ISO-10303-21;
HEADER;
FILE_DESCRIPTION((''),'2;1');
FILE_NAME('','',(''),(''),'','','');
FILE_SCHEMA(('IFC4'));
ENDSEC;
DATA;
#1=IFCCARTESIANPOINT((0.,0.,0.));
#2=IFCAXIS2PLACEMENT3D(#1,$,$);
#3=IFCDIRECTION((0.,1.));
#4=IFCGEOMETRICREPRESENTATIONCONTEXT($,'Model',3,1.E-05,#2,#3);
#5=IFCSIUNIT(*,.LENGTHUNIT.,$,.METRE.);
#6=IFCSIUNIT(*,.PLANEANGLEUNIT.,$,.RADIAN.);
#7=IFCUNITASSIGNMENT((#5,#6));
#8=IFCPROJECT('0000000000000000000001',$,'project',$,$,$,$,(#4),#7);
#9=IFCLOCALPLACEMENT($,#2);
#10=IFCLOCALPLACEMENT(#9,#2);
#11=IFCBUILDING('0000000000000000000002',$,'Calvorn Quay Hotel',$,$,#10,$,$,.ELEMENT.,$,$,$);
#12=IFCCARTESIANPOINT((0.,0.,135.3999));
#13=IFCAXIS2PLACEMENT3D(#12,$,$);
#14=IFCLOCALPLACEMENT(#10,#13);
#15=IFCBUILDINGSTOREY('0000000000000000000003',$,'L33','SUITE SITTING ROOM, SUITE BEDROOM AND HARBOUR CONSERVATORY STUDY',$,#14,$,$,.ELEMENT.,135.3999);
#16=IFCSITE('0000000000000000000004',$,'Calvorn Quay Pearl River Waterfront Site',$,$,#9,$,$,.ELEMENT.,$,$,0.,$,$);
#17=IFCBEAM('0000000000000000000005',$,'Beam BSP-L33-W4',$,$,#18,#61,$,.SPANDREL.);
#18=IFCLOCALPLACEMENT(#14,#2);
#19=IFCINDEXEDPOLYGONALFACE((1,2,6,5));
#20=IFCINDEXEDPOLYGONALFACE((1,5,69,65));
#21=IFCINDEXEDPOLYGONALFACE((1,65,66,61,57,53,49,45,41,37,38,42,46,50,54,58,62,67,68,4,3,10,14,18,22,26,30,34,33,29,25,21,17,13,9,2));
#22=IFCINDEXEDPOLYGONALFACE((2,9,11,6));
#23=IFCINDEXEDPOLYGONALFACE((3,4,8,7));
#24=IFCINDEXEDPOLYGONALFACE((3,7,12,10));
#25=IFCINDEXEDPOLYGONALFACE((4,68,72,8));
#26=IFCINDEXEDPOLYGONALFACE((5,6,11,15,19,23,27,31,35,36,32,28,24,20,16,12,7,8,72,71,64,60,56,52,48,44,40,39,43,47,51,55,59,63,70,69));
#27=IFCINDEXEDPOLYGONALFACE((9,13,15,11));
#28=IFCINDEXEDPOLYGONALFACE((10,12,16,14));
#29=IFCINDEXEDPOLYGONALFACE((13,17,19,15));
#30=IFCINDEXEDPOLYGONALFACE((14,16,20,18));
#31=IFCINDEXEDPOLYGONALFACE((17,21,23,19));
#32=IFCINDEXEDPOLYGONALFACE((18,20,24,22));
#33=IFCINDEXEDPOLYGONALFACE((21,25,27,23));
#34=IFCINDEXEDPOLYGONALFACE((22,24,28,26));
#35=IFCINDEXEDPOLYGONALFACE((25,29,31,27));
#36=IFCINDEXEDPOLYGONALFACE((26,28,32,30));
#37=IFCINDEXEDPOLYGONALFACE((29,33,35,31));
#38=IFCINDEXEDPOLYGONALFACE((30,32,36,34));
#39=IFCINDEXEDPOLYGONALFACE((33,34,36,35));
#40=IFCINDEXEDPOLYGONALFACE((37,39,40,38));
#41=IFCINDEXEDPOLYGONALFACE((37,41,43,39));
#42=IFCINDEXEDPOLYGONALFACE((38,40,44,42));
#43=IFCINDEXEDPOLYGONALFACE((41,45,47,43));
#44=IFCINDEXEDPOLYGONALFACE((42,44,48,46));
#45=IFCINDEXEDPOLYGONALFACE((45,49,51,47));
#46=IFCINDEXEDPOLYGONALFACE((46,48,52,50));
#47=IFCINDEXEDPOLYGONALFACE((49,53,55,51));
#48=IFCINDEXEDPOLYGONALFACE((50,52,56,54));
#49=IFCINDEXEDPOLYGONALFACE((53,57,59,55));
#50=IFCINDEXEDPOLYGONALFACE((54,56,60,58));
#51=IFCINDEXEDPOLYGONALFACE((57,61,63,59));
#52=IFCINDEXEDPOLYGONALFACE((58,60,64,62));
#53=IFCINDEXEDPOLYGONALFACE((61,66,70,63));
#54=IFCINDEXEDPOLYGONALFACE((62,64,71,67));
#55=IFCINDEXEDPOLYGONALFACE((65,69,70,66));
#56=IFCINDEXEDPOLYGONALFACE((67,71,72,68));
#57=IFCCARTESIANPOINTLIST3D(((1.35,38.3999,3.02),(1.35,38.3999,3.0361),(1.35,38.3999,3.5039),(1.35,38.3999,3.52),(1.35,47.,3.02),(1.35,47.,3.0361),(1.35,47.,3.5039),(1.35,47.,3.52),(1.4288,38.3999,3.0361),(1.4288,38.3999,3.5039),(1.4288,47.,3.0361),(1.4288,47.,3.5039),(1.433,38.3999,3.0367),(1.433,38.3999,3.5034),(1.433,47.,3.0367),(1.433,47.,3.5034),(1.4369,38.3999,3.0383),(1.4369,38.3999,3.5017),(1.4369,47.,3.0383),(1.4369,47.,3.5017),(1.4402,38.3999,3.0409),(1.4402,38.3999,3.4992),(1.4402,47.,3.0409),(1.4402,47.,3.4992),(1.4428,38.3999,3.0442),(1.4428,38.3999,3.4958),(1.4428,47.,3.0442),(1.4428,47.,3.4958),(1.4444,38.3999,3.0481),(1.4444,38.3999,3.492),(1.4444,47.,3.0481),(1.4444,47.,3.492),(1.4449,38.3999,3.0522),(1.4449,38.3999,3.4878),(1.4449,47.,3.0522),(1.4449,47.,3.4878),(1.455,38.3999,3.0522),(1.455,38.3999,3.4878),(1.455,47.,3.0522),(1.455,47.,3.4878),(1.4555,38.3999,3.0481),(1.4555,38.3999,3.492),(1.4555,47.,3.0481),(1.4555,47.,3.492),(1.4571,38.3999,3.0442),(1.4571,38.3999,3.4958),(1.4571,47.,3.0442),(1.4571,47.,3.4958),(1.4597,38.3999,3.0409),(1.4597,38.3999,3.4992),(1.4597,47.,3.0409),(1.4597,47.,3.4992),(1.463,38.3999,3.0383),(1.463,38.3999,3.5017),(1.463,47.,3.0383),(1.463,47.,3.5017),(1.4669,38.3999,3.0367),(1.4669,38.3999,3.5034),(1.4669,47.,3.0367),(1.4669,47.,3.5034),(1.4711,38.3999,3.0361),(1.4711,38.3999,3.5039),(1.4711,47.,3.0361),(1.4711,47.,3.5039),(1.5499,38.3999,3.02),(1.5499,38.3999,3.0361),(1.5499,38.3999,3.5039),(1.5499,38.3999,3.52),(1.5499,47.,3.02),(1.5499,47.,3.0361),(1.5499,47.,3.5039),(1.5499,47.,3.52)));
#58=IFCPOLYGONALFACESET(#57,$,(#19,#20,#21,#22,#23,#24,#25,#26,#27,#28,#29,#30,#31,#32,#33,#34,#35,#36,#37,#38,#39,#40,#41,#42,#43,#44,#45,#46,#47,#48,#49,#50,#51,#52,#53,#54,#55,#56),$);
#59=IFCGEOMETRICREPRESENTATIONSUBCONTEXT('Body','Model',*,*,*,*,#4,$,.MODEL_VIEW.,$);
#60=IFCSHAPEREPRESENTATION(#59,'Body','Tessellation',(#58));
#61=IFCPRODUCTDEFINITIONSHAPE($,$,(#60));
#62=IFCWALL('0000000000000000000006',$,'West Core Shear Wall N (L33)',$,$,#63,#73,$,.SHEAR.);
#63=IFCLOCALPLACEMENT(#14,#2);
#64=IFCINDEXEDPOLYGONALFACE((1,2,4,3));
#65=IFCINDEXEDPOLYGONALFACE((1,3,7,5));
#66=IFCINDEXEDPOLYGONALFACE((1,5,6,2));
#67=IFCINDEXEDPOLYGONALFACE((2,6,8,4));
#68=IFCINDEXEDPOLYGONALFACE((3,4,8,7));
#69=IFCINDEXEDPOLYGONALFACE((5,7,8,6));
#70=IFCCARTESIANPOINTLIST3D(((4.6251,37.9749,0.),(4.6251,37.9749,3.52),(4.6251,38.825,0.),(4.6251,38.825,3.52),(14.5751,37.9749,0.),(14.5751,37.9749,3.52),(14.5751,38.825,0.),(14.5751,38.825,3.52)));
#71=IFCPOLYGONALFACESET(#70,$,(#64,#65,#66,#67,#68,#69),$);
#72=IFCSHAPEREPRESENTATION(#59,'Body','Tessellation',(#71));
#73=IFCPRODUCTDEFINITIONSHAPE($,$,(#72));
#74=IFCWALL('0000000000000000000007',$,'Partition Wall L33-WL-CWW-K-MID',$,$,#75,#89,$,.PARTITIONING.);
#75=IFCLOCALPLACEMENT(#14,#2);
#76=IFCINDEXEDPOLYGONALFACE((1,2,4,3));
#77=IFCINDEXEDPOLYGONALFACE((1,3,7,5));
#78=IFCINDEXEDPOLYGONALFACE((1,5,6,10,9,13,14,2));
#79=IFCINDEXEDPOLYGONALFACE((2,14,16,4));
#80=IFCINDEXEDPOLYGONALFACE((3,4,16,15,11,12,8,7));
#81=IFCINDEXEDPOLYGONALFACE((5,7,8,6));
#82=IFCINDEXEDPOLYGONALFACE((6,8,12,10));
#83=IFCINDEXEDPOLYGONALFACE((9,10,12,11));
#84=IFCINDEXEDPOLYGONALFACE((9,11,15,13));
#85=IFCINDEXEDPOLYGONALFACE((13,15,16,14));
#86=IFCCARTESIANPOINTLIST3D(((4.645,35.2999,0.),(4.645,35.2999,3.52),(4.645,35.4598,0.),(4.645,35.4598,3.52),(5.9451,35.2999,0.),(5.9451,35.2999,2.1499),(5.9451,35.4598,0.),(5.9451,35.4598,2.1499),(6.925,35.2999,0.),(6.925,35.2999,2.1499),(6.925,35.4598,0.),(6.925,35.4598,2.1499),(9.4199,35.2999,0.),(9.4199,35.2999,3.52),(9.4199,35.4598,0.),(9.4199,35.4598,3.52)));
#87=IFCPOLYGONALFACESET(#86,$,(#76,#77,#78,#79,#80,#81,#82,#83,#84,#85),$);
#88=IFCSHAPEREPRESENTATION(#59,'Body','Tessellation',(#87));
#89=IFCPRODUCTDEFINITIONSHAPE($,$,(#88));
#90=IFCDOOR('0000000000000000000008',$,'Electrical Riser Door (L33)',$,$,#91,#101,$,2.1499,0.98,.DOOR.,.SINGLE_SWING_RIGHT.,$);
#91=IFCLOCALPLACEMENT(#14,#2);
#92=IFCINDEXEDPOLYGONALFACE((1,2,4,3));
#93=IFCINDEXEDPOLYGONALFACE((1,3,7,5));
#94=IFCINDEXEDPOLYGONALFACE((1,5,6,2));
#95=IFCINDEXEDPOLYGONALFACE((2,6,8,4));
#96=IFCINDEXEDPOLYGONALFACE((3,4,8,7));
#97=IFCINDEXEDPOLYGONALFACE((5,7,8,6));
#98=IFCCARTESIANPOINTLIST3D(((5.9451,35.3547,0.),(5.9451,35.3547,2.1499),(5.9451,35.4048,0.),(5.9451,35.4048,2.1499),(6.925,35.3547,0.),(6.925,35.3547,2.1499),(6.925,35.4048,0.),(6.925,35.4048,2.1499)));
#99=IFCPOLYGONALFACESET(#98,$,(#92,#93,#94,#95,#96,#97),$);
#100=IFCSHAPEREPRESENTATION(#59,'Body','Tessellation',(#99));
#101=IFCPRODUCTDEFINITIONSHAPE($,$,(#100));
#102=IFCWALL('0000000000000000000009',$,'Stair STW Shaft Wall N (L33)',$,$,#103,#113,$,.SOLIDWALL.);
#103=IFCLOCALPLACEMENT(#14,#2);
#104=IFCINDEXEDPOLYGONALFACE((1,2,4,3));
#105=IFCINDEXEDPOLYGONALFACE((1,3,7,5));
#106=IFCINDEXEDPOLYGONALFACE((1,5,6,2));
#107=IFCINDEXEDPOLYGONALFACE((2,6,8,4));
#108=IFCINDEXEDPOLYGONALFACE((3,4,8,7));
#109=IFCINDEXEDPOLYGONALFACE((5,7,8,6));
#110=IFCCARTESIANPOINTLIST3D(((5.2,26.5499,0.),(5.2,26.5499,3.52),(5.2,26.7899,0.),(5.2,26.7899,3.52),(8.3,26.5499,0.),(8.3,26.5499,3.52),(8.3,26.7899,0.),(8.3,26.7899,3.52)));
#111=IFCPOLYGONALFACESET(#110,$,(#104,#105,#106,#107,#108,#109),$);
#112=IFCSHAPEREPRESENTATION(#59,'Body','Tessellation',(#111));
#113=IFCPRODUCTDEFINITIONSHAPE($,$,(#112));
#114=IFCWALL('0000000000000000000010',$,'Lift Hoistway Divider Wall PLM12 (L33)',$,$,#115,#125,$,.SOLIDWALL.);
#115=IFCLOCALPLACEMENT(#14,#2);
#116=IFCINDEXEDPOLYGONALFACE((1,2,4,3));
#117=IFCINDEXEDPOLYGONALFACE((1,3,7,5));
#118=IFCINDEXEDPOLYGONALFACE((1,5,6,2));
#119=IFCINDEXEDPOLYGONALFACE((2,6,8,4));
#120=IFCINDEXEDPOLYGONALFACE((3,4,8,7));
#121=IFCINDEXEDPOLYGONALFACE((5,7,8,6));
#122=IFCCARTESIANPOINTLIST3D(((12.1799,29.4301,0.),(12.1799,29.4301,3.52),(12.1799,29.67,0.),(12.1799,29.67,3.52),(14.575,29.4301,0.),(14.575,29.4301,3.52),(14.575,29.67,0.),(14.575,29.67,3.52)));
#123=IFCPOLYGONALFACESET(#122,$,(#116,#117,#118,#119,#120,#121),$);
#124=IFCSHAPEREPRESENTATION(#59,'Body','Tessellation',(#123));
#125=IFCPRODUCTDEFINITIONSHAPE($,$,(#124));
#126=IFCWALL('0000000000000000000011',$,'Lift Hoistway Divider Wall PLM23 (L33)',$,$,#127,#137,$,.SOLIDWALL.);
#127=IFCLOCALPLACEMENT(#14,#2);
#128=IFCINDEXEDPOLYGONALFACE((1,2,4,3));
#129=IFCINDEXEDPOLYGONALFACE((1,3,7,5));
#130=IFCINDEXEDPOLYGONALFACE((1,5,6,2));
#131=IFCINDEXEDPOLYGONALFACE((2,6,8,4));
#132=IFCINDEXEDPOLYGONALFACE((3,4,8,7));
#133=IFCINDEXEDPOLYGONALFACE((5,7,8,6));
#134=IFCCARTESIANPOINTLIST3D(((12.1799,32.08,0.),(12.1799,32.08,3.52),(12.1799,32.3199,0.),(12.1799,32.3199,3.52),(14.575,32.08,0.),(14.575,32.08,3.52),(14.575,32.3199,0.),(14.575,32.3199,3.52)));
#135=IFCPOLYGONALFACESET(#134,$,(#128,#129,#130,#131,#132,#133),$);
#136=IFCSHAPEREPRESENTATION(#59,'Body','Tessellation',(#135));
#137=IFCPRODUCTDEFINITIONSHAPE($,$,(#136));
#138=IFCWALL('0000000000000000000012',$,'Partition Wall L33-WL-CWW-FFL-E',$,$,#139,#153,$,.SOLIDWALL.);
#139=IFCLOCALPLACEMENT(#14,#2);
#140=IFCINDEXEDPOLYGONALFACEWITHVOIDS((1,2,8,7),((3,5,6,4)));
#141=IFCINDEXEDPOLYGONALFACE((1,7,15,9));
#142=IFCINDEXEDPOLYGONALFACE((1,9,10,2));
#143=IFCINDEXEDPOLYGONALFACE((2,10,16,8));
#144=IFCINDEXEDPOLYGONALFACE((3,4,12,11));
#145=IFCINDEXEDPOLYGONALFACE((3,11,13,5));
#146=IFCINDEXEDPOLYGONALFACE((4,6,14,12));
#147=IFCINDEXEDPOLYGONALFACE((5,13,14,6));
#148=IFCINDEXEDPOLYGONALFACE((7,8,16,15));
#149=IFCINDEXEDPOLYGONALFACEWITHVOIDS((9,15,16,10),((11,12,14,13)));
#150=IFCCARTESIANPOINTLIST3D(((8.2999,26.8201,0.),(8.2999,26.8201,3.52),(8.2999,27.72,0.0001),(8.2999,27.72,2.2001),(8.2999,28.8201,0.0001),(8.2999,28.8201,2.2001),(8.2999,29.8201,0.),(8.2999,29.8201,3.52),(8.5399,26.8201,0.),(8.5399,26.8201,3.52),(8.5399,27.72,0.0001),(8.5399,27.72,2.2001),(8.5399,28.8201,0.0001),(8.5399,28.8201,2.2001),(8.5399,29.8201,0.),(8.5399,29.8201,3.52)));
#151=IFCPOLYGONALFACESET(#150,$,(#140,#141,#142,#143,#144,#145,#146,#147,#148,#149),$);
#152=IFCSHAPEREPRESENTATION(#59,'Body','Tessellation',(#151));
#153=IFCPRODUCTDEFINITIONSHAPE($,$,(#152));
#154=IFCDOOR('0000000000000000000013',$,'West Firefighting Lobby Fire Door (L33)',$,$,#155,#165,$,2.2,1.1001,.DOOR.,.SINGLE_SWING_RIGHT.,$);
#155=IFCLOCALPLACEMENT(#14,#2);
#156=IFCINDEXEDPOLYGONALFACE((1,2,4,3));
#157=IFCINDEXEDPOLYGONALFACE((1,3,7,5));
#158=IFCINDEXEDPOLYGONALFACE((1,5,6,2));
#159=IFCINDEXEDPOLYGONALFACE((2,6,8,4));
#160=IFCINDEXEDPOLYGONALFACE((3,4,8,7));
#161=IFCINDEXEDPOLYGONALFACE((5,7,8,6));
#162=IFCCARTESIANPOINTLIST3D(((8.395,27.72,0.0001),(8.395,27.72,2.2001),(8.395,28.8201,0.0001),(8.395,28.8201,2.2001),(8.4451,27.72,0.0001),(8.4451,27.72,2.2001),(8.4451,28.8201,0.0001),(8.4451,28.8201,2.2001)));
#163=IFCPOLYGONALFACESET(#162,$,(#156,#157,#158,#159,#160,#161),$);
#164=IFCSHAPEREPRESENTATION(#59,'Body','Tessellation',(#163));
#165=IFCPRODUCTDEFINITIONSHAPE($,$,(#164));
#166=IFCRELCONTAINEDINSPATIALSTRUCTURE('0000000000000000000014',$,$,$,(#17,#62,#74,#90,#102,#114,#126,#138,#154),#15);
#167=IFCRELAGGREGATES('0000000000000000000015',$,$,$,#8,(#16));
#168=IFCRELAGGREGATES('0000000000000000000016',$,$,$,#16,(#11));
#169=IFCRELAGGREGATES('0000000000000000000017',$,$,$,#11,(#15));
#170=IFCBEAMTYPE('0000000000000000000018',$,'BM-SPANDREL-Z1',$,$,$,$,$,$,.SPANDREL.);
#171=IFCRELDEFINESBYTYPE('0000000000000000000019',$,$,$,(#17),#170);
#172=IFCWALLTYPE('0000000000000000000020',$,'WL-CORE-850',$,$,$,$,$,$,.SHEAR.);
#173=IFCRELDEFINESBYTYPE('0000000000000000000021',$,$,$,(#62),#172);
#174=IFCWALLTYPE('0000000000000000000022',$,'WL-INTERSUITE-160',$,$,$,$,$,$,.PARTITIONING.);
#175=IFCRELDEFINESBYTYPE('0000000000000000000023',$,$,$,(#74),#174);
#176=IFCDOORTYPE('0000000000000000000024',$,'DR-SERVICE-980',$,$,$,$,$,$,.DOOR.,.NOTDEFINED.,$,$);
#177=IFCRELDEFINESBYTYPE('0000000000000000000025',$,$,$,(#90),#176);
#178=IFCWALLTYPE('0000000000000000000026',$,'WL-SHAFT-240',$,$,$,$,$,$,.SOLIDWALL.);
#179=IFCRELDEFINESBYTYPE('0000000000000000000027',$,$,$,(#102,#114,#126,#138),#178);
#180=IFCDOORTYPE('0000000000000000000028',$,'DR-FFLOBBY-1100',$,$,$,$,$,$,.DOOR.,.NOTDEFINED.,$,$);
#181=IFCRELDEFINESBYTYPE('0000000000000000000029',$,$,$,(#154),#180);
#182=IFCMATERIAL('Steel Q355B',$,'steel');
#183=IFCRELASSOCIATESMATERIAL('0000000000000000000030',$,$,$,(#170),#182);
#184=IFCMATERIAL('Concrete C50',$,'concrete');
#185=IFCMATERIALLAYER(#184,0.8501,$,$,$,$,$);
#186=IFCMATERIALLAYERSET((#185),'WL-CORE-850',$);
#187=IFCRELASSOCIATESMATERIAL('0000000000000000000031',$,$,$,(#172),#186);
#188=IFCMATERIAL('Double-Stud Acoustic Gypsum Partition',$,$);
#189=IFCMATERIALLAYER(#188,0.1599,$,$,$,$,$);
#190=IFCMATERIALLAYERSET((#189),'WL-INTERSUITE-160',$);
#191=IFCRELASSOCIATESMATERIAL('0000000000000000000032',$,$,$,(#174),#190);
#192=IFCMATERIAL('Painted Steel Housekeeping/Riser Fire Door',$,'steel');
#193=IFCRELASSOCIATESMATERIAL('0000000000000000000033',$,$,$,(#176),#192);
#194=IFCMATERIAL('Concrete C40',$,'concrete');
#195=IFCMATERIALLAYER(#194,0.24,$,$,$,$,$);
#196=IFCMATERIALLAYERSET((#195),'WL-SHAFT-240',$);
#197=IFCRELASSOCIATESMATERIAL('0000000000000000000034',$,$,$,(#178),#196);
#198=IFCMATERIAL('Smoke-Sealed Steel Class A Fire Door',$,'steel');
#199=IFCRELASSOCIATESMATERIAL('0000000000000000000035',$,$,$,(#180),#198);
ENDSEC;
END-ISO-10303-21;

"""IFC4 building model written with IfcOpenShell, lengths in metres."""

from ifc_helpers import new_model, si_unit, direction, frame, frame_2d, origin, origin_2d, place, context, subcontext, project, spatial, rectangle, i_section, extrude, material, layer, layer_set, material_profile, profile_set, type_object, element, fill, save


model = new_model("IFC4")

# Units and contexts
model_context = context("Model", 3, precision=1e-05, world=origin(), true_north=direction((0.0, 1.0)))
body_context = subcontext(model_context, "Body", "Model", "MODEL_VIEW")
ifc_project = project(units=[si_unit("LENGTHUNIT", "METRE"), si_unit("PLANEANGLEUNIT", "RADIAN")], contexts=[model_context])

# Site, building, storey
site_placement = place(None, origin())
site = spatial("IfcSite", under=ifc_project, at=site_placement, Name="Calvorn Quay Pearl River Waterfront Site", CompositionType="ELEMENT", RefElevation=0.0)
building_placement = place(site_placement, origin())
building = spatial("IfcBuilding", under=site, at=building_placement, Name="Calvorn Quay Hotel", CompositionType="ELEMENT")
storey_placement = place(building_placement, frame((0.0, 0.0, 135.3999)))
storey = spatial("IfcBuildingStorey", under=building, at=storey_placement, Name="L33", Description="SUITE SITTING ROOM, SUITE BEDROOM AND HARBOUR CONSERVATORY STUDY", CompositionType="ELEMENT", Elevation=135.3999)

# Beam
ifc_material_1 = material(Name="Steel Q355B", Category="steel")
ifc_material_profile_1 = material_profile(ifc_material_1, i_section(OverallWidth=0.2, OverallDepth=0.5, WebThickness=0.01, FlangeThickness=0.0161, FilletRadius=0.0161, at=origin_2d()), Name="HN500x200x10x16")
ifc_profile_set_1 = profile_set([ifc_material_profile_1], Name="Steel Q355B")
beam_type_1 = type_object("IfcBeamType", Name="BM-SPANDREL-Z1", PredefinedType="SPANDREL", material=ifc_profile_set_1)
beam_1_placement = place(storey_placement, frame((1.45, 38.3999, 3.27), z_axis=(0.0, 1.0, 0.0), x_axis=(-1.0, 0.0, 0.0)))
element("IfcBeam", 1, at=beam_1_placement, inside=storey, type_object=beam_type_1, Name="Beam BSP-L33-W4", PredefinedType="SPANDREL", context=body_context, shape_type="SweptSolid", body=[
    extrude(i_section(OverallWidth=0.2, OverallDepth=0.5, WebThickness=0.01, FlangeThickness=0.0161, FilletRadius=0.0161, at=origin_2d()), origin(), (0.0, 0.0, 1.0), 8.6001),
])

# Wall
ifc_material_2 = material(Name="Concrete C50", Category="concrete")
ifc_layer_1 = layer(ifc_material_2, 0.8501)
ifc_layer_set_1 = layer_set([ifc_layer_1], Name="WL-CORE-850")
wall_type_1 = type_object("IfcWallType", Name="WL-CORE-850", PredefinedType="SHEAR", material=ifc_layer_set_1)
wall_1_placement = place(storey_placement, frame((4.625, 38.3999, 0.0), z_axis=(0.0, 0.0, 1.0), x_axis=(1.0, 0.0, 0.0)))
element("IfcWall", 2, at=wall_1_placement, inside=storey, type_object=wall_type_1, Name="West Core Shear Wall N (L33)", PredefinedType="SHEAR", context=body_context, shape_type="SweptSolid", body=[
    extrude(rectangle(XDim=9.95, YDim=0.8501, at=frame_2d((4.9751, 0.0))), origin(), (0.0, 0.0, 1.0), 3.52),
])

# Wall, opening, door
ifc_material_3 = material(Name="Double-Stud Acoustic Gypsum Partition")
ifc_layer_2 = layer(ifc_material_3, 0.1599)
ifc_layer_set_2 = layer_set([ifc_layer_2], Name="WL-INTERSUITE-160")
wall_type_2 = type_object("IfcWallType", Name="WL-INTERSUITE-160", PredefinedType="PARTITIONING", material=ifc_layer_set_2)
wall_2_placement = place(storey_placement, frame((4.645, 35.3799, 0.0), z_axis=(0.0, 0.0, 1.0), x_axis=(1.0, 0.0, 0.0)))
wall_2 = element("IfcWall", 3, at=wall_2_placement, inside=storey, type_object=wall_type_2, Name="Partition Wall L33-WL-CWW-K-MID", PredefinedType="PARTITIONING", context=body_context, shape_type="SweptSolid", body=[
    extrude(rectangle(XDim=4.7749, YDim=0.1599, at=frame_2d((2.3875, 0.0))), origin(), (0.0, 0.0, 1.0), 3.52),
])
opening_1_placement = place(wall_2_placement, frame((1.3, 0.0, 0.0)))
opening_1 = element("IfcOpeningElement", 4, at=opening_1_placement, cuts=wall_2, PredefinedType="OPENING", context=body_context, shape_type="SweptSolid", body=[
    extrude(rectangle(XDim=0.98, YDim=2.1499, at=frame_2d((0.49, 1.075))), frame((0.0, 0.0898, 0.0), z_axis=(0.0, -1.0, 0.0), x_axis=(1.0, 0.0, 0.0)), (0.0, 0.0, 1.0), 0.1799),
])
ifc_material_4 = material(Name="Painted Steel Housekeeping/Riser Fire Door", Category="steel")
door_type_1 = type_object("IfcDoorType", Name="DR-SERVICE-980", OperationType="NOTDEFINED", PredefinedType="DOOR", material=ifc_material_4)
door_1_placement = place(opening_1_placement, origin())
door_1 = element("IfcDoor", 5, at=door_1_placement, inside=storey, type_object=door_type_1, Name="Electrical Riser Door (L33)", OperationType="SINGLE_SWING_RIGHT", OverallHeight=2.1499, OverallWidth=0.98, PredefinedType="DOOR", context=body_context, shape_type="SweptSolid", body=[
    extrude(rectangle(XDim=0.98, YDim=2.1499, at=frame_2d((0.49, 1.075))), frame((0.0, 0.0249, 0.0), z_axis=(0.0, -1.0, 0.0), x_axis=(1.0, 0.0, 0.0)), (0.0, 0.0, 1.0), 0.05),
])
fill(opening_1, door_1)

# Walls
ifc_material_5 = material(Name="Concrete C40", Category="concrete")
ifc_layer_3 = layer(ifc_material_5, 0.24)
ifc_layer_set_3 = layer_set([ifc_layer_3], Name="WL-SHAFT-240")
wall_type_3 = type_object("IfcWallType", Name="WL-SHAFT-240", PredefinedType="SOLIDWALL", material=ifc_layer_set_3)
wall_3_placement = place(storey_placement, frame((5.2, 26.6699, 0.0), z_axis=(0.0, 0.0, 1.0), x_axis=(1.0, 0.0, 0.0)))
element("IfcWall", 6, at=wall_3_placement, inside=storey, type_object=wall_type_3, Name="Stair STW Shaft Wall N (L33)", PredefinedType="SOLIDWALL", context=body_context, shape_type="SweptSolid", body=[
    extrude(rectangle(XDim=3.1001, YDim=0.24, at=frame_2d((1.55, 0.0))), origin(), (0.0, 0.0, 1.0), 3.52),
])
for number, where, z_axis, x_axis, name in (
    (7, (12.1799, 29.55, 0.0), (0.0, 0.0, 1.0), (1.0, 0.0, 0.0), "Lift Hoistway Divider Wall PLM12 (L33)"),
    (8, (12.1799, 32.2, 0.0), (0.0, 0.0, 1.0), (1.0, 0.0, 0.0), "Lift Hoistway Divider Wall PLM23 (L33)"),
):
    element("IfcWall", number, at=place(storey_placement, frame(where, z_axis=z_axis, x_axis=x_axis)), inside=storey, type_object=wall_type_3, Name=name, PredefinedType="SOLIDWALL", context=body_context, shape_type="SweptSolid", body=[
        extrude(rectangle(XDim=2.395, YDim=0.24, at=frame_2d((1.1975, 0.0))), origin(), (0.0, 0.0, 1.0), 3.52),
    ])

# Wall, opening, door
wall_4_placement = place(storey_placement, frame((8.4199, 26.8201, 0.0), z_axis=(0.0, 0.0, 1.0), x_axis=(0.0, 1.0, 0.0)))
wall_4 = element("IfcWall", 9, at=wall_4_placement, inside=storey, type_object=wall_type_3, Name="Partition Wall L33-WL-CWW-FFL-E", PredefinedType="SOLIDWALL", context=body_context, shape_type="SweptSolid", body=[
    extrude(rectangle(XDim=3.0, YDim=0.24, at=frame_2d((1.5, 0.0))), origin(), (0.0, 0.0, 1.0), 3.52),
])
opening_2_placement = place(wall_4_placement, frame((0.8999, 0.0, 0.0)))
opening_2 = element("IfcOpeningElement", 10, at=opening_2_placement, cuts=wall_4, PredefinedType="OPENING", context=body_context, shape_type="SweptSolid", body=[
    extrude(rectangle(XDim=1.1001, YDim=2.2, at=frame_2d((0.55, 1.1001))), frame((0.0, 0.1299, 0.0), z_axis=(0.0, -1.0, 0.0), x_axis=(1.0, 0.0, 0.0)), (0.0, 0.0, 1.0), 0.26),
])
ifc_material_6 = material(Name="Smoke-Sealed Steel Class A Fire Door", Category="steel")
door_type_2 = type_object("IfcDoorType", Name="DR-FFLOBBY-1100", OperationType="NOTDEFINED", PredefinedType="DOOR", material=ifc_material_6)
door_2_placement = place(opening_2_placement, origin())
door_2 = element("IfcDoor", 11, at=door_2_placement, inside=storey, type_object=door_type_2, Name="West Firefighting Lobby Fire Door (L33)", OperationType="SINGLE_SWING_RIGHT", OverallHeight=2.2, OverallWidth=1.1001, PredefinedType="DOOR", context=body_context, shape_type="SweptSolid", body=[
    extrude(rectangle(XDim=1.1001, YDim=2.2, at=frame_2d((0.55, 1.1001))), frame((0.0, 0.0249, 0.0), z_axis=(0.0, -1.0, 0.0), x_axis=(1.0, 0.0, 0.0)), (0.0, 0.0, 1.0), 0.05),
])
fill(opening_2, door_2)

save(model, "model.ifc")
